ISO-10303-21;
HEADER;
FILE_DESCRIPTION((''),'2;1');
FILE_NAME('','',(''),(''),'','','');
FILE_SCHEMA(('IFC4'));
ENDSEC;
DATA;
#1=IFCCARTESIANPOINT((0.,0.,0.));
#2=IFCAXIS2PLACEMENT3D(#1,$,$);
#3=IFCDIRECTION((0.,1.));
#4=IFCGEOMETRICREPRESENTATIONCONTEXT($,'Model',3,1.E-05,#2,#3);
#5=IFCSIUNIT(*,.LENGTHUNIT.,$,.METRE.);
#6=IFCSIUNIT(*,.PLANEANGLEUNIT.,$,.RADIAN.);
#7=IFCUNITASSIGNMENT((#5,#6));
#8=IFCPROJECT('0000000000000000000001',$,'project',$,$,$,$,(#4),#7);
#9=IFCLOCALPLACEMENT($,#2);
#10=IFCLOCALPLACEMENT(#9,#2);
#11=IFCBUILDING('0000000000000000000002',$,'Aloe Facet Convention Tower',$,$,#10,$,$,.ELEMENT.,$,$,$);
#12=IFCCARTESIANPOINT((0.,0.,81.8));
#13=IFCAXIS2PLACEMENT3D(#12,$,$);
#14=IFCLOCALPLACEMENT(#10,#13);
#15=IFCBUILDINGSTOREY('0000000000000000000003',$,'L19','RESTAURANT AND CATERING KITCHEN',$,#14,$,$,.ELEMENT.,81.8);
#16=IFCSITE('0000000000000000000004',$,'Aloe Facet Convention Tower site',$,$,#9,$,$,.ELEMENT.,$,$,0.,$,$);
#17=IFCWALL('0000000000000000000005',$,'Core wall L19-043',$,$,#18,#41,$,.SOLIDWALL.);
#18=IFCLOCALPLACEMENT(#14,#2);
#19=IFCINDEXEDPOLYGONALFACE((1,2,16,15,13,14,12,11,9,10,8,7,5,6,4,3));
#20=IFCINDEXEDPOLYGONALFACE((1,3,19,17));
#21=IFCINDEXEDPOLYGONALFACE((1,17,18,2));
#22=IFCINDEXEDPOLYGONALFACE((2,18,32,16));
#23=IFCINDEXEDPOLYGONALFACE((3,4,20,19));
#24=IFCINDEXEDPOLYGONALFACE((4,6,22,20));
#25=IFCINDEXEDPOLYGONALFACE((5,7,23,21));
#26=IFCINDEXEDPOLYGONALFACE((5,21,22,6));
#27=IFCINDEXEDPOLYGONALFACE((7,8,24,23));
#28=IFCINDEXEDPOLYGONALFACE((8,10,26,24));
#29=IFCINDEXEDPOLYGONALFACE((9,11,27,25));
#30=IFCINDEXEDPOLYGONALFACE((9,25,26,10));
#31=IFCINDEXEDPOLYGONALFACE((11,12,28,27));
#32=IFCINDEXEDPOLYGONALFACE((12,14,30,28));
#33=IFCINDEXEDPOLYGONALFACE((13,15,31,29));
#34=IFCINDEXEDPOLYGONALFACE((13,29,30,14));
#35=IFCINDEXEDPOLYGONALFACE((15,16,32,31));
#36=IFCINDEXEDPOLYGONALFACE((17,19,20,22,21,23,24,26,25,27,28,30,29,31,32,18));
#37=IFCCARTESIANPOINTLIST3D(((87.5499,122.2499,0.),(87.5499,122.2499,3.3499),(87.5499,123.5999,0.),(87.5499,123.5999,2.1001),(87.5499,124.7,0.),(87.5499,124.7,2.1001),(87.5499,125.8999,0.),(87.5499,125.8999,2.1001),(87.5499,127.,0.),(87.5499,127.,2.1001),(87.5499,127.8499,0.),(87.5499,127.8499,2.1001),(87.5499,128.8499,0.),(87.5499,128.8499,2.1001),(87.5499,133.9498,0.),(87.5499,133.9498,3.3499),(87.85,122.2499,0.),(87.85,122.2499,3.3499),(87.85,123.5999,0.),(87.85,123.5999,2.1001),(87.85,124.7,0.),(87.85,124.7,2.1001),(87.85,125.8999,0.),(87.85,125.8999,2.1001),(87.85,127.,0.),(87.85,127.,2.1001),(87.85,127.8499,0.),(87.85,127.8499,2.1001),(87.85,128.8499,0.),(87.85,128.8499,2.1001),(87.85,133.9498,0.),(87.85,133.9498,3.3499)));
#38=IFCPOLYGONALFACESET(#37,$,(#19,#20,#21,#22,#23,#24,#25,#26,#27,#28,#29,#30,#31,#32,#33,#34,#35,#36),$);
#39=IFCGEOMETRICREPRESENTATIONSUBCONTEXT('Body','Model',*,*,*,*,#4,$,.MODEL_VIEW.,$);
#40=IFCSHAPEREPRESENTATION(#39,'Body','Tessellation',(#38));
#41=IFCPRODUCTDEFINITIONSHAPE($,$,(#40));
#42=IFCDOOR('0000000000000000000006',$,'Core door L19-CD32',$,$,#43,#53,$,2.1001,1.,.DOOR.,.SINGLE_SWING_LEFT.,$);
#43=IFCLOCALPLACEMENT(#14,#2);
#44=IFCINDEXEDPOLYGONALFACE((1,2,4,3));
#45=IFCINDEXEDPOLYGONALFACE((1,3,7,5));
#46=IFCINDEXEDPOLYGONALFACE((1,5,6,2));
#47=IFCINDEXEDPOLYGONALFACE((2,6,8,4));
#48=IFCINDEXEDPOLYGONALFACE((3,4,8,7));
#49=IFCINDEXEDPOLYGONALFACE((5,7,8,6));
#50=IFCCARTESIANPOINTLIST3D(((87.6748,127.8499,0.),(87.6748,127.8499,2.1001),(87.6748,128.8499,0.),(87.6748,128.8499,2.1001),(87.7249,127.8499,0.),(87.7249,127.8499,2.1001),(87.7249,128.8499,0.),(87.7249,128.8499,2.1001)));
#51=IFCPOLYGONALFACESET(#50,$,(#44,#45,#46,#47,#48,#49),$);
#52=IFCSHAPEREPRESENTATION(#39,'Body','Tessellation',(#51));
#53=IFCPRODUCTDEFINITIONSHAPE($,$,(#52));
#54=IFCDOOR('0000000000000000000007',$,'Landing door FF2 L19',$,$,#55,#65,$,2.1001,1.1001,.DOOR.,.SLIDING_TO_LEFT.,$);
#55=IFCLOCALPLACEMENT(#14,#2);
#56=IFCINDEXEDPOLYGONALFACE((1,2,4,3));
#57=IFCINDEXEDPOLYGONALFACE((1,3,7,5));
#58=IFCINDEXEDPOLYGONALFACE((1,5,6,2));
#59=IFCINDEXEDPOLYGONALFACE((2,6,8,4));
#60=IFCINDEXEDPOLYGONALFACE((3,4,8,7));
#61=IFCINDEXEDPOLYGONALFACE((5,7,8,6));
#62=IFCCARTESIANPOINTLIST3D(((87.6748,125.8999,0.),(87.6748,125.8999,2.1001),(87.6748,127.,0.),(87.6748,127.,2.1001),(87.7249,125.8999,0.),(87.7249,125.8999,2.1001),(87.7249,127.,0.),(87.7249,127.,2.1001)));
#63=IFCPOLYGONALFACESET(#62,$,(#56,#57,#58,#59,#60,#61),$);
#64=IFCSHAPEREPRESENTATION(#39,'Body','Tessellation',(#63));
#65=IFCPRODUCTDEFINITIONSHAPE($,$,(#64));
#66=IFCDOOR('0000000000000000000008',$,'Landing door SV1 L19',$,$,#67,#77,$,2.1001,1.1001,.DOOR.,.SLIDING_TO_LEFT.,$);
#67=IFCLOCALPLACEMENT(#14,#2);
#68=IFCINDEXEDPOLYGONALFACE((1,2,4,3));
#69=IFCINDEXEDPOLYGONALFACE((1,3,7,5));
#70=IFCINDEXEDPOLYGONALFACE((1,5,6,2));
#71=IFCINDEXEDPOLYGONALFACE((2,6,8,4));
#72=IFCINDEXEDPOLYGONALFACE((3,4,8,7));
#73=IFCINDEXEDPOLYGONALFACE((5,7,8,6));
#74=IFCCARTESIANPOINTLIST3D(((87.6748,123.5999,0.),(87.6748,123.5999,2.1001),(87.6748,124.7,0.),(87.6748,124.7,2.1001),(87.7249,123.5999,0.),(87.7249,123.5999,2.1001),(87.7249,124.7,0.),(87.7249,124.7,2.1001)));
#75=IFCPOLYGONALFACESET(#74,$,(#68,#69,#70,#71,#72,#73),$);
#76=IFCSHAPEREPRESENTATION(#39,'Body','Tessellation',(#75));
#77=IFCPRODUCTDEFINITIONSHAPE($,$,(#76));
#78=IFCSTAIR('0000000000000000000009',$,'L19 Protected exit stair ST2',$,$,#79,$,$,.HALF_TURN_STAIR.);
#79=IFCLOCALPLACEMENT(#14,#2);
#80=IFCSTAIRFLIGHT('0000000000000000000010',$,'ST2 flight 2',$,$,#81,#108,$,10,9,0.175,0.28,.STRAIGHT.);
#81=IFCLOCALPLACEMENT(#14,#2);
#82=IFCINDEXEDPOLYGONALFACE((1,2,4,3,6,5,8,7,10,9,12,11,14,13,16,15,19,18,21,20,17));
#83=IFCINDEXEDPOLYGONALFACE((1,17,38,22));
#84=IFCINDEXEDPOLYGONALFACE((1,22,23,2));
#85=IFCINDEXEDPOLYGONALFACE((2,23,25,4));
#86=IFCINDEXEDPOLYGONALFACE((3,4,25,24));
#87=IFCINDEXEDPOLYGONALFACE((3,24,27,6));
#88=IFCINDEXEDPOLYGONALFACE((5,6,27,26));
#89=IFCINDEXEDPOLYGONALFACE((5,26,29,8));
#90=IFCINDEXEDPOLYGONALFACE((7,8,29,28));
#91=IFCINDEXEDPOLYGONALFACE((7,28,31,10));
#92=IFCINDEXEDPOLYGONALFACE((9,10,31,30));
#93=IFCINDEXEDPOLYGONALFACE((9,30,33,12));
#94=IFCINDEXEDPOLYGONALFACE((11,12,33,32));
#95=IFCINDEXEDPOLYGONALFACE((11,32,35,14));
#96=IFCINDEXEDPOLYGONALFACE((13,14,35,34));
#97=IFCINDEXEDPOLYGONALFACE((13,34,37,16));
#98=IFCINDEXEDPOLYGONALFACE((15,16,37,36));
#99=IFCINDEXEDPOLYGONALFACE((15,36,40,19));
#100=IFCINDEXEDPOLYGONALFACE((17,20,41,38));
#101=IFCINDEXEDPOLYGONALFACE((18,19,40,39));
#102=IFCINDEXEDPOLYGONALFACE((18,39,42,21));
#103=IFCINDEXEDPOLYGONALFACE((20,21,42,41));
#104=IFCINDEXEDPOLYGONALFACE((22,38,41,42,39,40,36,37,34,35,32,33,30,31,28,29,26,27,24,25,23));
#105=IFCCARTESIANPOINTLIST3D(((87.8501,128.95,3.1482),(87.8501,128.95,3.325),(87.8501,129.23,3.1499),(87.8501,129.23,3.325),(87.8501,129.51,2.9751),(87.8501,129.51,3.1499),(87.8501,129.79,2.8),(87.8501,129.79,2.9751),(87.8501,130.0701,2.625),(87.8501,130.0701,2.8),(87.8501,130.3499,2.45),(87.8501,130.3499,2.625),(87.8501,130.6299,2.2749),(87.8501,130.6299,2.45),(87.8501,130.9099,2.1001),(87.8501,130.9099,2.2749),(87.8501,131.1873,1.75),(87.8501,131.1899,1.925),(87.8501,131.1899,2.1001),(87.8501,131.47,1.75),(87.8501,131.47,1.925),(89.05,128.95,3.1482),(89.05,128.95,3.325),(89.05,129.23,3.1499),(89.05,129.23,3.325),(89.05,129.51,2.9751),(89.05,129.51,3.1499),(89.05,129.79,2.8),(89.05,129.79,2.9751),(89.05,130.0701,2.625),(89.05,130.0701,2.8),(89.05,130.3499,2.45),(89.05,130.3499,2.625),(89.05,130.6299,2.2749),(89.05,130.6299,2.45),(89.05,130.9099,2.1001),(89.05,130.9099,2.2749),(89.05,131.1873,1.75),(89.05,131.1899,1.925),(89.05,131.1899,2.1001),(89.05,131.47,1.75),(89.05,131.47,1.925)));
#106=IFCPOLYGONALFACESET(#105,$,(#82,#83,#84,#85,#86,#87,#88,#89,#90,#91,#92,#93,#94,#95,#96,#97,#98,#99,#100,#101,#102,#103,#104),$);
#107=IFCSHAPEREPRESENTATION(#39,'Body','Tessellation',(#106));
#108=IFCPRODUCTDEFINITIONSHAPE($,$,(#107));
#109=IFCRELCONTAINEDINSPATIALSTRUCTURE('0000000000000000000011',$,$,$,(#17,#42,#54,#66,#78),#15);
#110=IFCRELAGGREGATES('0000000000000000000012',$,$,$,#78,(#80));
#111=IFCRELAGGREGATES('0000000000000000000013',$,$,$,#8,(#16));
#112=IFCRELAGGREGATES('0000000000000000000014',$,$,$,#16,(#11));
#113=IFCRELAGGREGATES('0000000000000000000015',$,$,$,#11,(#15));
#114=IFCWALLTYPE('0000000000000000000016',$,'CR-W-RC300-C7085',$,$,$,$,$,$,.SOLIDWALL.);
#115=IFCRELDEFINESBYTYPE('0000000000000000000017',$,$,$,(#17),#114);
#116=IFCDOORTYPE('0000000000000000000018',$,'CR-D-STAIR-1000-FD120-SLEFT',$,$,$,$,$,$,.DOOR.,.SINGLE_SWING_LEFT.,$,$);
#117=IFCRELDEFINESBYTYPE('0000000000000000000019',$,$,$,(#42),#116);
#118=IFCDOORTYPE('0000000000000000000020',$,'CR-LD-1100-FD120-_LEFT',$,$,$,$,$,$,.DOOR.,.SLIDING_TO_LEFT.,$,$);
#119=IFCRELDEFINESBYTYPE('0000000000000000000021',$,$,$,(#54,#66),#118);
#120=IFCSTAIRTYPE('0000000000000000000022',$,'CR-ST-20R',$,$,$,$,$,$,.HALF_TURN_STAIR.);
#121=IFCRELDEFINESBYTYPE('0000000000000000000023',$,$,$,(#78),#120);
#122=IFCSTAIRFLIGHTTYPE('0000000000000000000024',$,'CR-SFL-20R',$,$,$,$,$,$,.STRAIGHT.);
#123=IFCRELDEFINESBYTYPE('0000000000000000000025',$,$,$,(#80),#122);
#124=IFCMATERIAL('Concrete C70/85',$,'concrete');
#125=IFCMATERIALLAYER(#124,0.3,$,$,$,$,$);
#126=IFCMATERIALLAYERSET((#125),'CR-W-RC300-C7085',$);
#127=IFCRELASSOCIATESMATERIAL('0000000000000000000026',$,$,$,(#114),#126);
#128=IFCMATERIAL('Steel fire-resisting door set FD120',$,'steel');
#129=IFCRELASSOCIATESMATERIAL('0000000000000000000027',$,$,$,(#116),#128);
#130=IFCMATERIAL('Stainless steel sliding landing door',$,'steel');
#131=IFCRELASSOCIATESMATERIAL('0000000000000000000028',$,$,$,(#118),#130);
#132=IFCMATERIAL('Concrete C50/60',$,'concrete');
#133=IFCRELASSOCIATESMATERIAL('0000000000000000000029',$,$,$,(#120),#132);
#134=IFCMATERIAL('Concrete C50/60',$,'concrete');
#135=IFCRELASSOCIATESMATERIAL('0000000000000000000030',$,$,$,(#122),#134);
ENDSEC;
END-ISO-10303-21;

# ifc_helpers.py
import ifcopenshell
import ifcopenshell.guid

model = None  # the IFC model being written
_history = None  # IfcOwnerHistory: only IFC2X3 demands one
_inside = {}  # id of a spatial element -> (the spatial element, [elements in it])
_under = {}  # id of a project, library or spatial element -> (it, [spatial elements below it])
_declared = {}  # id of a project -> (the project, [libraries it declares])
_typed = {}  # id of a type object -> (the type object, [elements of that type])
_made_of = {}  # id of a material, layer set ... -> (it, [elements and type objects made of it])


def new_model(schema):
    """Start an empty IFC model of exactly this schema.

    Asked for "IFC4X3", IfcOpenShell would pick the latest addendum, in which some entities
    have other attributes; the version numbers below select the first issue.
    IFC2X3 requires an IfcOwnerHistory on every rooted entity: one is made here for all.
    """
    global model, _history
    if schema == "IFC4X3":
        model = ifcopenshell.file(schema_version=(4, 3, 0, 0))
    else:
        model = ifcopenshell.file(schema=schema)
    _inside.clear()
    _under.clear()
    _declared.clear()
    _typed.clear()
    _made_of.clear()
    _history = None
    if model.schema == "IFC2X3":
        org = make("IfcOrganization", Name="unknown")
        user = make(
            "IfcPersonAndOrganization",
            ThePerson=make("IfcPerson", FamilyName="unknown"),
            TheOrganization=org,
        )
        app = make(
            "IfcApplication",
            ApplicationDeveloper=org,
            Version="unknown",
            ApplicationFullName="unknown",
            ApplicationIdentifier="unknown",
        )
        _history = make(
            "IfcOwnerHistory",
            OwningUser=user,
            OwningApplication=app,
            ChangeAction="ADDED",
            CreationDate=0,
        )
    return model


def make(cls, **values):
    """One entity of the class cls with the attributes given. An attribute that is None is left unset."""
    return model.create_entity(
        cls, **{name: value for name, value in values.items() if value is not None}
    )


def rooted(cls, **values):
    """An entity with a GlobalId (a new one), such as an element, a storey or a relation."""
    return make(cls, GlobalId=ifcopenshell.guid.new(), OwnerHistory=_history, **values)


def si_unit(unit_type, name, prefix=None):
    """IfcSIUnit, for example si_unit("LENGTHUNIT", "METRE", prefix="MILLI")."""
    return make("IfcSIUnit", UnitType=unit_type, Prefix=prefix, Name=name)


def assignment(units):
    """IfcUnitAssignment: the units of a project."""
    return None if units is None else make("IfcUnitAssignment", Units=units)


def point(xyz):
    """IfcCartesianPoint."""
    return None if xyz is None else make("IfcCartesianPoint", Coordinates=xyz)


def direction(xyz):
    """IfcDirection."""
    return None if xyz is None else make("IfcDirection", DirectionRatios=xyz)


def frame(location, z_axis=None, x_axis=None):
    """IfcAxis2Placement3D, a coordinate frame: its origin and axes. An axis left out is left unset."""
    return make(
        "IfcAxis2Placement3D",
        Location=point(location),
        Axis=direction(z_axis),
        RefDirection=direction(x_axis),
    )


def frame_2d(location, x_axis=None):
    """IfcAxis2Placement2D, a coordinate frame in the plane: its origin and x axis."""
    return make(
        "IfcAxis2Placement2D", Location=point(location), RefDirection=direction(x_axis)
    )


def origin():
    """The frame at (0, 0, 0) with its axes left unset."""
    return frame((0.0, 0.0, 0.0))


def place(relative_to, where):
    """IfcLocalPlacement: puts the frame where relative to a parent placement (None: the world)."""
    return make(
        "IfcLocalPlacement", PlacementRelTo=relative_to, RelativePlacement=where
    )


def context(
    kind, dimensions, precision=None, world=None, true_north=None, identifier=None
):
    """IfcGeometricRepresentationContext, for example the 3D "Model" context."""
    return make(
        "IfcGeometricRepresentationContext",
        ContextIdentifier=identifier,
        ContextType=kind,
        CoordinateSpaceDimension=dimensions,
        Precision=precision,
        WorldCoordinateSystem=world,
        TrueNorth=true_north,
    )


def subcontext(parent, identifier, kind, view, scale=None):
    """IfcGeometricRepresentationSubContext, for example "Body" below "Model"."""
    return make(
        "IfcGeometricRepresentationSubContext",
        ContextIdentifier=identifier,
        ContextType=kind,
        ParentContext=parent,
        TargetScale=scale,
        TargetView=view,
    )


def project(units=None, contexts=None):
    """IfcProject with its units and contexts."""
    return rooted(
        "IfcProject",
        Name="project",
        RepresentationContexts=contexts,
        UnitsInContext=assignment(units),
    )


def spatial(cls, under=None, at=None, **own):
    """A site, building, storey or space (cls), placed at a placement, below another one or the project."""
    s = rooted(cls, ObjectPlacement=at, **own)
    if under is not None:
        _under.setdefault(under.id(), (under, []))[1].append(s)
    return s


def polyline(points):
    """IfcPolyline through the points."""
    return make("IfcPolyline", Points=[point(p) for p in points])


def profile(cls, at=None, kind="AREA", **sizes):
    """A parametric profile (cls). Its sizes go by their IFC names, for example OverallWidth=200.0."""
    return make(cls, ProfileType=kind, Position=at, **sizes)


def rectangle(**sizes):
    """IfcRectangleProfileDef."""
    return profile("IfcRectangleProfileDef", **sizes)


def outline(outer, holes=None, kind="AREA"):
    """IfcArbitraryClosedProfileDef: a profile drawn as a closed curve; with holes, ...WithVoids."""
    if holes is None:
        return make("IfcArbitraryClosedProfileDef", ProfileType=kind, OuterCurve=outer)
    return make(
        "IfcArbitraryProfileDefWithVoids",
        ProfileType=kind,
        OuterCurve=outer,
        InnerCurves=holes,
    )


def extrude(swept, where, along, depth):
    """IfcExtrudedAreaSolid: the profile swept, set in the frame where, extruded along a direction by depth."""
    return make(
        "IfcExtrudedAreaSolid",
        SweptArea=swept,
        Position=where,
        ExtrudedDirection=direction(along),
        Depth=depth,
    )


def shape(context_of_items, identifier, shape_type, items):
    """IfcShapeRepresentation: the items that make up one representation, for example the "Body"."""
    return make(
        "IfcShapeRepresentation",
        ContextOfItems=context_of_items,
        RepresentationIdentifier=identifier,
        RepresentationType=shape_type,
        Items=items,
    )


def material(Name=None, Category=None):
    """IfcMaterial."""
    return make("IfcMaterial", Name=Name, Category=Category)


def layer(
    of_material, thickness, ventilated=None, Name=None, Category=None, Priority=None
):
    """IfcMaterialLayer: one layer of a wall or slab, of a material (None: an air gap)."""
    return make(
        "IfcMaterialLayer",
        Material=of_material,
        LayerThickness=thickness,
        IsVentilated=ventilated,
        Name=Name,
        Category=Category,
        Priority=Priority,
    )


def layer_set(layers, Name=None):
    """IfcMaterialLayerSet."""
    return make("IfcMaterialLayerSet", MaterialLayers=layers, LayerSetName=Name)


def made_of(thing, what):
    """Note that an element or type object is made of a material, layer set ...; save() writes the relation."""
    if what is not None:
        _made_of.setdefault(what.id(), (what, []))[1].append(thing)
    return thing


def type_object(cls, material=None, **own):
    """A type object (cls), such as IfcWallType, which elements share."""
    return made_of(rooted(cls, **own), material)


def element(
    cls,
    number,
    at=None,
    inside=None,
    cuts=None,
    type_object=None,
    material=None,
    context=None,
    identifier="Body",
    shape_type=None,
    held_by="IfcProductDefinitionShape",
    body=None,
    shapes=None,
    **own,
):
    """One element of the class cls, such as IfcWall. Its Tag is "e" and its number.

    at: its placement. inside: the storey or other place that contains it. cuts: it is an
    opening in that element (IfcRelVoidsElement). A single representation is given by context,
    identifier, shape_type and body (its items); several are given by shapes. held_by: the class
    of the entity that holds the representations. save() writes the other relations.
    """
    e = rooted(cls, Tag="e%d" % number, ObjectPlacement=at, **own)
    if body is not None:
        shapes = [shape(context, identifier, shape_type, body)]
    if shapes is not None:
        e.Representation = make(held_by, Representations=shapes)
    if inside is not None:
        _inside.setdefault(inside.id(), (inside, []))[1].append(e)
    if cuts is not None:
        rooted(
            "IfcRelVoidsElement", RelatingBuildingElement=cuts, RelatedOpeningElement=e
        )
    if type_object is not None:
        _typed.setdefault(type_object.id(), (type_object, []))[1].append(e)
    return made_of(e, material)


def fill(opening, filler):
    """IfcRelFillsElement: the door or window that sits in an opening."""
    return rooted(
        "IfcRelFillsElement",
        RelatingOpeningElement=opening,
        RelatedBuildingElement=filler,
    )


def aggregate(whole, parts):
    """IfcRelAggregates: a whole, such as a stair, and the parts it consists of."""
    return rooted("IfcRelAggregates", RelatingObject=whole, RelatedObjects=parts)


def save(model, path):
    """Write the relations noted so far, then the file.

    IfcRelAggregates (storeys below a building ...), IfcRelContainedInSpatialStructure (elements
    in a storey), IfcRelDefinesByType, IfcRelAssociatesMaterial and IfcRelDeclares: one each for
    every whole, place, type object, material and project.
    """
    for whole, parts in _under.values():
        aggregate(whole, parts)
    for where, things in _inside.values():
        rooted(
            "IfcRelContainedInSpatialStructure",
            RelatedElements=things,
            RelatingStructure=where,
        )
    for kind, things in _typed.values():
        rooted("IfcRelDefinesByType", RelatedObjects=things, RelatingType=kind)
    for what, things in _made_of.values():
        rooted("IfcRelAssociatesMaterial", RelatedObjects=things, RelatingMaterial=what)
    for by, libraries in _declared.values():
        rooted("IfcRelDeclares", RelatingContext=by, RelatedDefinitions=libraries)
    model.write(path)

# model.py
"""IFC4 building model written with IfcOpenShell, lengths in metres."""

from ifc_helpers import new_model, si_unit, direction, frame, frame_2d, origin, place, context, subcontext, project, spatial, polyline, rectangle, outline, extrude, material, layer, layer_set, type_object, element, fill, aggregate, save


model = new_model("IFC4")

# Units and contexts
model_context = context("Model", 3, precision=1e-05, world=origin(), true_north=direction((0.0, 1.0)))
body_context = subcontext(model_context, "Body", "Model", "MODEL_VIEW")
ifc_project = project(units=[si_unit("LENGTHUNIT", "METRE"), si_unit("PLANEANGLEUNIT", "RADIAN")], contexts=[model_context])

# Site, building, storey
site_placement = place(None, origin())
site = spatial("IfcSite", under=ifc_project, at=site_placement, Name="Aloe Facet Convention Tower site", CompositionType="ELEMENT", RefElevation=0.0)
building_placement = place(site_placement, origin())
building = spatial("IfcBuilding", under=site, at=building_placement, Name="Aloe Facet Convention Tower", CompositionType="ELEMENT")
storey_placement = place(building_placement, frame((0.0, 0.0, 81.8)))
storey = spatial("IfcBuildingStorey", under=building, at=storey_placement, Name="L19", Description="RESTAURANT AND CATERING KITCHEN", CompositionType="ELEMENT", Elevation=81.8)

# Shared definitions
ifc_material_1 = material(Name="Concrete C70/85", Category="concrete")
ifc_layer_1 = layer(ifc_material_1, 0.3)
ifc_layer_set_1 = layer_set([ifc_layer_1], Name="CR-W-RC300-C7085")
wall_type_1 = type_object("IfcWallType", Name="CR-W-RC300-C7085", PredefinedType="SOLIDWALL", material=ifc_layer_set_1)

# Wall, openings, doors
wall_1_placement = place(storey_placement, frame((87.7, 133.95, 0.0), z_axis=(0.0, 0.0, 1.0), x_axis=(0.0, -1.0, 0.0)))
wall_1 = element("IfcWall", 1, at=wall_1_placement, inside=storey, type_object=wall_type_1, Name="Core wall L19-043", PredefinedType="SOLIDWALL", context=body_context, shape_type="SweptSolid", body=[
    extrude(rectangle(XDim=11.7, YDim=0.3, at=frame_2d((5.8501, 0.0))), origin(), (0.0, 0.0, 1.0), 3.3499),
])
opening_1_placement = place(wall_1_placement, frame((6.95, 0.0, 0.0)))
opening_1 = element("IfcOpeningElement", 2, at=opening_1_placement, cuts=wall_1, PredefinedType="OPENING", context=body_context, shape_type="SweptSolid", body=[
    extrude(rectangle(XDim=1.1001, YDim=2.1001, at=frame_2d((0.55, 1.05))), frame((0.0, 0.1602, 0.0), z_axis=(0.0, -1.0, 0.0), x_axis=(1.0, 0.0, 0.0)), (0.0, 0.0, 1.0), 0.3201),
])
opening_2_placement = place(wall_1_placement, frame((5.1001, 0.0, 0.0)))
opening_2 = element("IfcOpeningElement", 3, at=opening_2_placement, cuts=wall_1, PredefinedType="OPENING", context=body_context, shape_type="SweptSolid", body=[
    extrude(rectangle(XDim=1.0, YDim=2.1001, at=frame_2d((0.5, 1.05))), frame((0.0, 0.1602, 0.0), z_axis=(0.0, -1.0, 0.0), x_axis=(1.0, 0.0, 0.0)), (0.0, 0.0, 1.0), 0.3201),
])
opening_3_placement = place(wall_1_placement, frame((9.25, 0.0, 0.0)))
opening_3 = element("IfcOpeningElement", 4, at=opening_3_placement, cuts=wall_1, PredefinedType="OPENING", context=body_context, shape_type="SweptSolid", body=[
    extrude(rectangle(XDim=1.1001, YDim=2.1001, at=frame_2d((0.55, 1.05))), frame((0.0, 0.1602, 0.0), z_axis=(0.0, -1.0, 0.0), x_axis=(1.0, 0.0, 0.0)), (0.0, 0.0, 1.0), 0.3201),
])
ifc_material_2 = material(Name="Steel fire-resisting door set FD120", Category="steel")
door_type_1 = type_object("IfcDoorType", Name="CR-D-STAIR-1000-FD120-SLEFT", OperationType="SINGLE_SWING_LEFT", PredefinedType="DOOR", material=ifc_material_2)
door_1_placement = place(opening_2_placement, origin())
door_1 = element("IfcDoor", 5, at=door_1_placement, inside=storey, type_object=door_type_1, Name="Core door L19-CD32", OperationType="SINGLE_SWING_LEFT", OverallHeight=2.1001, OverallWidth=1.0, PredefinedType="DOOR", context=body_context, shape_type="SweptSolid", body=[
    extrude(rectangle(XDim=1.0, YDim=2.1001, at=frame_2d((0.5, 1.05))), frame((0.0, 0.0249, 0.0), z_axis=(0.0, -1.0, 0.0), x_axis=(1.0, 0.0, 0.0)), (0.0, 0.0, 1.0), 0.05),
])
fill(opening_2, door_1)
ifc_material_3 = material(Name="Stainless steel sliding landing door", Category="steel")
door_type_2 = type_object("IfcDoorType", Name="CR-LD-1100-FD120-_LEFT", OperationType="SLIDING_TO_LEFT", PredefinedType="DOOR", material=ifc_material_3)
door_2_placement = place(opening_1_placement, origin())
door_2 = element("IfcDoor", 6, at=door_2_placement, inside=storey, type_object=door_type_2, Name="Landing door FF2 L19", OperationType="SLIDING_TO_LEFT", OverallHeight=2.1001, OverallWidth=1.1001, PredefinedType="DOOR", context=body_context, shape_type="SweptSolid", body=[
    extrude(rectangle(XDim=1.1001, YDim=2.1001, at=frame_2d((0.55, 1.05))), frame((0.0, 0.0249, 0.0), z_axis=(0.0, -1.0, 0.0), x_axis=(1.0, 0.0, 0.0)), (0.0, 0.0, 1.0), 0.05),
])
fill(opening_1, door_2)
door_3_placement = place(opening_3_placement, origin())
door_3 = element("IfcDoor", 7, at=door_3_placement, inside=storey, type_object=door_type_2, Name="Landing door SV1 L19", OperationType="SLIDING_TO_LEFT", OverallHeight=2.1001, OverallWidth=1.1001, PredefinedType="DOOR", context=body_context, shape_type="SweptSolid", body=[
    extrude(rectangle(XDim=1.1001, YDim=2.1001, at=frame_2d((0.55, 1.05))), frame((0.0, 0.0249, 0.0), z_axis=(0.0, -1.0, 0.0), x_axis=(1.0, 0.0, 0.0)), (0.0, 0.0, 1.0), 0.05),
])
fill(opening_3, door_3)

# Stair, stair flight
ifc_material_4 = material(Name="Concrete C50/60", Category="concrete")
stair_type = type_object("IfcStairType", Name="CR-ST-20R", PredefinedType="HALF_TURN_STAIR", material=ifc_material_4)
stair_placement = place(storey_placement, origin())
stair = element("IfcStair", 8, at=stair_placement, inside=storey, type_object=stair_type, Name="L19 Protected exit stair ST2", PredefinedType="HALF_TURN_STAIR")
ifc_material_5 = material(Name="Concrete C50/60", Category="concrete")
stair_flight_type = type_object("IfcStairFlightType", Name="CR-SFL-20R", PredefinedType="STRAIGHT", material=ifc_material_5)
stair_flight_placement = place(storey_placement, frame((88.45, 131.47, 1.75), z_axis=(0.0, 0.0, 1.0), x_axis=(0.0, -1.0, 0.0)))
stair_flight = element("IfcStairFlight", 9, at=stair_flight_placement, type_object=stair_flight_type, Name="ST2 flight 2", NumberOfRisers=10, NumberOfTreads=9, PredefinedType="STRAIGHT", RiserHeight=0.175, TreadLength=0.28, context=body_context, shape_type="SweptSolid", body=[
    extrude(outline(polyline([(0.0, 0.0), (0.0, 0.175), (0.28, 0.175), (0.28, 0.3501), (0.5601, 0.3501), (0.5601, 0.5249), (0.8401, 0.5249), (0.8401, 0.7), (1.1201, 0.7), (1.1201, 0.875), (1.3999, 0.875), (1.3999, 1.05), (1.6799, 1.05), (1.6799, 1.2251), (1.96, 1.2251), (1.96, 1.3999), (2.24, 1.3999), (2.24, 1.575), (2.52, 1.575), (2.52, 1.75), (2.52, 1.3982), (0.2827, 0.0), (0.0, 0.0)])), frame((0.0, 0.6001, 0.0), z_axis=(0.0, -1.0, 0.0), x_axis=(1.0, 0.0, 0.0)), (0.0, 0.0, 1.0), 1.2),
])
aggregate(stair, [stair_flight])

save(model, "model.ifc")
